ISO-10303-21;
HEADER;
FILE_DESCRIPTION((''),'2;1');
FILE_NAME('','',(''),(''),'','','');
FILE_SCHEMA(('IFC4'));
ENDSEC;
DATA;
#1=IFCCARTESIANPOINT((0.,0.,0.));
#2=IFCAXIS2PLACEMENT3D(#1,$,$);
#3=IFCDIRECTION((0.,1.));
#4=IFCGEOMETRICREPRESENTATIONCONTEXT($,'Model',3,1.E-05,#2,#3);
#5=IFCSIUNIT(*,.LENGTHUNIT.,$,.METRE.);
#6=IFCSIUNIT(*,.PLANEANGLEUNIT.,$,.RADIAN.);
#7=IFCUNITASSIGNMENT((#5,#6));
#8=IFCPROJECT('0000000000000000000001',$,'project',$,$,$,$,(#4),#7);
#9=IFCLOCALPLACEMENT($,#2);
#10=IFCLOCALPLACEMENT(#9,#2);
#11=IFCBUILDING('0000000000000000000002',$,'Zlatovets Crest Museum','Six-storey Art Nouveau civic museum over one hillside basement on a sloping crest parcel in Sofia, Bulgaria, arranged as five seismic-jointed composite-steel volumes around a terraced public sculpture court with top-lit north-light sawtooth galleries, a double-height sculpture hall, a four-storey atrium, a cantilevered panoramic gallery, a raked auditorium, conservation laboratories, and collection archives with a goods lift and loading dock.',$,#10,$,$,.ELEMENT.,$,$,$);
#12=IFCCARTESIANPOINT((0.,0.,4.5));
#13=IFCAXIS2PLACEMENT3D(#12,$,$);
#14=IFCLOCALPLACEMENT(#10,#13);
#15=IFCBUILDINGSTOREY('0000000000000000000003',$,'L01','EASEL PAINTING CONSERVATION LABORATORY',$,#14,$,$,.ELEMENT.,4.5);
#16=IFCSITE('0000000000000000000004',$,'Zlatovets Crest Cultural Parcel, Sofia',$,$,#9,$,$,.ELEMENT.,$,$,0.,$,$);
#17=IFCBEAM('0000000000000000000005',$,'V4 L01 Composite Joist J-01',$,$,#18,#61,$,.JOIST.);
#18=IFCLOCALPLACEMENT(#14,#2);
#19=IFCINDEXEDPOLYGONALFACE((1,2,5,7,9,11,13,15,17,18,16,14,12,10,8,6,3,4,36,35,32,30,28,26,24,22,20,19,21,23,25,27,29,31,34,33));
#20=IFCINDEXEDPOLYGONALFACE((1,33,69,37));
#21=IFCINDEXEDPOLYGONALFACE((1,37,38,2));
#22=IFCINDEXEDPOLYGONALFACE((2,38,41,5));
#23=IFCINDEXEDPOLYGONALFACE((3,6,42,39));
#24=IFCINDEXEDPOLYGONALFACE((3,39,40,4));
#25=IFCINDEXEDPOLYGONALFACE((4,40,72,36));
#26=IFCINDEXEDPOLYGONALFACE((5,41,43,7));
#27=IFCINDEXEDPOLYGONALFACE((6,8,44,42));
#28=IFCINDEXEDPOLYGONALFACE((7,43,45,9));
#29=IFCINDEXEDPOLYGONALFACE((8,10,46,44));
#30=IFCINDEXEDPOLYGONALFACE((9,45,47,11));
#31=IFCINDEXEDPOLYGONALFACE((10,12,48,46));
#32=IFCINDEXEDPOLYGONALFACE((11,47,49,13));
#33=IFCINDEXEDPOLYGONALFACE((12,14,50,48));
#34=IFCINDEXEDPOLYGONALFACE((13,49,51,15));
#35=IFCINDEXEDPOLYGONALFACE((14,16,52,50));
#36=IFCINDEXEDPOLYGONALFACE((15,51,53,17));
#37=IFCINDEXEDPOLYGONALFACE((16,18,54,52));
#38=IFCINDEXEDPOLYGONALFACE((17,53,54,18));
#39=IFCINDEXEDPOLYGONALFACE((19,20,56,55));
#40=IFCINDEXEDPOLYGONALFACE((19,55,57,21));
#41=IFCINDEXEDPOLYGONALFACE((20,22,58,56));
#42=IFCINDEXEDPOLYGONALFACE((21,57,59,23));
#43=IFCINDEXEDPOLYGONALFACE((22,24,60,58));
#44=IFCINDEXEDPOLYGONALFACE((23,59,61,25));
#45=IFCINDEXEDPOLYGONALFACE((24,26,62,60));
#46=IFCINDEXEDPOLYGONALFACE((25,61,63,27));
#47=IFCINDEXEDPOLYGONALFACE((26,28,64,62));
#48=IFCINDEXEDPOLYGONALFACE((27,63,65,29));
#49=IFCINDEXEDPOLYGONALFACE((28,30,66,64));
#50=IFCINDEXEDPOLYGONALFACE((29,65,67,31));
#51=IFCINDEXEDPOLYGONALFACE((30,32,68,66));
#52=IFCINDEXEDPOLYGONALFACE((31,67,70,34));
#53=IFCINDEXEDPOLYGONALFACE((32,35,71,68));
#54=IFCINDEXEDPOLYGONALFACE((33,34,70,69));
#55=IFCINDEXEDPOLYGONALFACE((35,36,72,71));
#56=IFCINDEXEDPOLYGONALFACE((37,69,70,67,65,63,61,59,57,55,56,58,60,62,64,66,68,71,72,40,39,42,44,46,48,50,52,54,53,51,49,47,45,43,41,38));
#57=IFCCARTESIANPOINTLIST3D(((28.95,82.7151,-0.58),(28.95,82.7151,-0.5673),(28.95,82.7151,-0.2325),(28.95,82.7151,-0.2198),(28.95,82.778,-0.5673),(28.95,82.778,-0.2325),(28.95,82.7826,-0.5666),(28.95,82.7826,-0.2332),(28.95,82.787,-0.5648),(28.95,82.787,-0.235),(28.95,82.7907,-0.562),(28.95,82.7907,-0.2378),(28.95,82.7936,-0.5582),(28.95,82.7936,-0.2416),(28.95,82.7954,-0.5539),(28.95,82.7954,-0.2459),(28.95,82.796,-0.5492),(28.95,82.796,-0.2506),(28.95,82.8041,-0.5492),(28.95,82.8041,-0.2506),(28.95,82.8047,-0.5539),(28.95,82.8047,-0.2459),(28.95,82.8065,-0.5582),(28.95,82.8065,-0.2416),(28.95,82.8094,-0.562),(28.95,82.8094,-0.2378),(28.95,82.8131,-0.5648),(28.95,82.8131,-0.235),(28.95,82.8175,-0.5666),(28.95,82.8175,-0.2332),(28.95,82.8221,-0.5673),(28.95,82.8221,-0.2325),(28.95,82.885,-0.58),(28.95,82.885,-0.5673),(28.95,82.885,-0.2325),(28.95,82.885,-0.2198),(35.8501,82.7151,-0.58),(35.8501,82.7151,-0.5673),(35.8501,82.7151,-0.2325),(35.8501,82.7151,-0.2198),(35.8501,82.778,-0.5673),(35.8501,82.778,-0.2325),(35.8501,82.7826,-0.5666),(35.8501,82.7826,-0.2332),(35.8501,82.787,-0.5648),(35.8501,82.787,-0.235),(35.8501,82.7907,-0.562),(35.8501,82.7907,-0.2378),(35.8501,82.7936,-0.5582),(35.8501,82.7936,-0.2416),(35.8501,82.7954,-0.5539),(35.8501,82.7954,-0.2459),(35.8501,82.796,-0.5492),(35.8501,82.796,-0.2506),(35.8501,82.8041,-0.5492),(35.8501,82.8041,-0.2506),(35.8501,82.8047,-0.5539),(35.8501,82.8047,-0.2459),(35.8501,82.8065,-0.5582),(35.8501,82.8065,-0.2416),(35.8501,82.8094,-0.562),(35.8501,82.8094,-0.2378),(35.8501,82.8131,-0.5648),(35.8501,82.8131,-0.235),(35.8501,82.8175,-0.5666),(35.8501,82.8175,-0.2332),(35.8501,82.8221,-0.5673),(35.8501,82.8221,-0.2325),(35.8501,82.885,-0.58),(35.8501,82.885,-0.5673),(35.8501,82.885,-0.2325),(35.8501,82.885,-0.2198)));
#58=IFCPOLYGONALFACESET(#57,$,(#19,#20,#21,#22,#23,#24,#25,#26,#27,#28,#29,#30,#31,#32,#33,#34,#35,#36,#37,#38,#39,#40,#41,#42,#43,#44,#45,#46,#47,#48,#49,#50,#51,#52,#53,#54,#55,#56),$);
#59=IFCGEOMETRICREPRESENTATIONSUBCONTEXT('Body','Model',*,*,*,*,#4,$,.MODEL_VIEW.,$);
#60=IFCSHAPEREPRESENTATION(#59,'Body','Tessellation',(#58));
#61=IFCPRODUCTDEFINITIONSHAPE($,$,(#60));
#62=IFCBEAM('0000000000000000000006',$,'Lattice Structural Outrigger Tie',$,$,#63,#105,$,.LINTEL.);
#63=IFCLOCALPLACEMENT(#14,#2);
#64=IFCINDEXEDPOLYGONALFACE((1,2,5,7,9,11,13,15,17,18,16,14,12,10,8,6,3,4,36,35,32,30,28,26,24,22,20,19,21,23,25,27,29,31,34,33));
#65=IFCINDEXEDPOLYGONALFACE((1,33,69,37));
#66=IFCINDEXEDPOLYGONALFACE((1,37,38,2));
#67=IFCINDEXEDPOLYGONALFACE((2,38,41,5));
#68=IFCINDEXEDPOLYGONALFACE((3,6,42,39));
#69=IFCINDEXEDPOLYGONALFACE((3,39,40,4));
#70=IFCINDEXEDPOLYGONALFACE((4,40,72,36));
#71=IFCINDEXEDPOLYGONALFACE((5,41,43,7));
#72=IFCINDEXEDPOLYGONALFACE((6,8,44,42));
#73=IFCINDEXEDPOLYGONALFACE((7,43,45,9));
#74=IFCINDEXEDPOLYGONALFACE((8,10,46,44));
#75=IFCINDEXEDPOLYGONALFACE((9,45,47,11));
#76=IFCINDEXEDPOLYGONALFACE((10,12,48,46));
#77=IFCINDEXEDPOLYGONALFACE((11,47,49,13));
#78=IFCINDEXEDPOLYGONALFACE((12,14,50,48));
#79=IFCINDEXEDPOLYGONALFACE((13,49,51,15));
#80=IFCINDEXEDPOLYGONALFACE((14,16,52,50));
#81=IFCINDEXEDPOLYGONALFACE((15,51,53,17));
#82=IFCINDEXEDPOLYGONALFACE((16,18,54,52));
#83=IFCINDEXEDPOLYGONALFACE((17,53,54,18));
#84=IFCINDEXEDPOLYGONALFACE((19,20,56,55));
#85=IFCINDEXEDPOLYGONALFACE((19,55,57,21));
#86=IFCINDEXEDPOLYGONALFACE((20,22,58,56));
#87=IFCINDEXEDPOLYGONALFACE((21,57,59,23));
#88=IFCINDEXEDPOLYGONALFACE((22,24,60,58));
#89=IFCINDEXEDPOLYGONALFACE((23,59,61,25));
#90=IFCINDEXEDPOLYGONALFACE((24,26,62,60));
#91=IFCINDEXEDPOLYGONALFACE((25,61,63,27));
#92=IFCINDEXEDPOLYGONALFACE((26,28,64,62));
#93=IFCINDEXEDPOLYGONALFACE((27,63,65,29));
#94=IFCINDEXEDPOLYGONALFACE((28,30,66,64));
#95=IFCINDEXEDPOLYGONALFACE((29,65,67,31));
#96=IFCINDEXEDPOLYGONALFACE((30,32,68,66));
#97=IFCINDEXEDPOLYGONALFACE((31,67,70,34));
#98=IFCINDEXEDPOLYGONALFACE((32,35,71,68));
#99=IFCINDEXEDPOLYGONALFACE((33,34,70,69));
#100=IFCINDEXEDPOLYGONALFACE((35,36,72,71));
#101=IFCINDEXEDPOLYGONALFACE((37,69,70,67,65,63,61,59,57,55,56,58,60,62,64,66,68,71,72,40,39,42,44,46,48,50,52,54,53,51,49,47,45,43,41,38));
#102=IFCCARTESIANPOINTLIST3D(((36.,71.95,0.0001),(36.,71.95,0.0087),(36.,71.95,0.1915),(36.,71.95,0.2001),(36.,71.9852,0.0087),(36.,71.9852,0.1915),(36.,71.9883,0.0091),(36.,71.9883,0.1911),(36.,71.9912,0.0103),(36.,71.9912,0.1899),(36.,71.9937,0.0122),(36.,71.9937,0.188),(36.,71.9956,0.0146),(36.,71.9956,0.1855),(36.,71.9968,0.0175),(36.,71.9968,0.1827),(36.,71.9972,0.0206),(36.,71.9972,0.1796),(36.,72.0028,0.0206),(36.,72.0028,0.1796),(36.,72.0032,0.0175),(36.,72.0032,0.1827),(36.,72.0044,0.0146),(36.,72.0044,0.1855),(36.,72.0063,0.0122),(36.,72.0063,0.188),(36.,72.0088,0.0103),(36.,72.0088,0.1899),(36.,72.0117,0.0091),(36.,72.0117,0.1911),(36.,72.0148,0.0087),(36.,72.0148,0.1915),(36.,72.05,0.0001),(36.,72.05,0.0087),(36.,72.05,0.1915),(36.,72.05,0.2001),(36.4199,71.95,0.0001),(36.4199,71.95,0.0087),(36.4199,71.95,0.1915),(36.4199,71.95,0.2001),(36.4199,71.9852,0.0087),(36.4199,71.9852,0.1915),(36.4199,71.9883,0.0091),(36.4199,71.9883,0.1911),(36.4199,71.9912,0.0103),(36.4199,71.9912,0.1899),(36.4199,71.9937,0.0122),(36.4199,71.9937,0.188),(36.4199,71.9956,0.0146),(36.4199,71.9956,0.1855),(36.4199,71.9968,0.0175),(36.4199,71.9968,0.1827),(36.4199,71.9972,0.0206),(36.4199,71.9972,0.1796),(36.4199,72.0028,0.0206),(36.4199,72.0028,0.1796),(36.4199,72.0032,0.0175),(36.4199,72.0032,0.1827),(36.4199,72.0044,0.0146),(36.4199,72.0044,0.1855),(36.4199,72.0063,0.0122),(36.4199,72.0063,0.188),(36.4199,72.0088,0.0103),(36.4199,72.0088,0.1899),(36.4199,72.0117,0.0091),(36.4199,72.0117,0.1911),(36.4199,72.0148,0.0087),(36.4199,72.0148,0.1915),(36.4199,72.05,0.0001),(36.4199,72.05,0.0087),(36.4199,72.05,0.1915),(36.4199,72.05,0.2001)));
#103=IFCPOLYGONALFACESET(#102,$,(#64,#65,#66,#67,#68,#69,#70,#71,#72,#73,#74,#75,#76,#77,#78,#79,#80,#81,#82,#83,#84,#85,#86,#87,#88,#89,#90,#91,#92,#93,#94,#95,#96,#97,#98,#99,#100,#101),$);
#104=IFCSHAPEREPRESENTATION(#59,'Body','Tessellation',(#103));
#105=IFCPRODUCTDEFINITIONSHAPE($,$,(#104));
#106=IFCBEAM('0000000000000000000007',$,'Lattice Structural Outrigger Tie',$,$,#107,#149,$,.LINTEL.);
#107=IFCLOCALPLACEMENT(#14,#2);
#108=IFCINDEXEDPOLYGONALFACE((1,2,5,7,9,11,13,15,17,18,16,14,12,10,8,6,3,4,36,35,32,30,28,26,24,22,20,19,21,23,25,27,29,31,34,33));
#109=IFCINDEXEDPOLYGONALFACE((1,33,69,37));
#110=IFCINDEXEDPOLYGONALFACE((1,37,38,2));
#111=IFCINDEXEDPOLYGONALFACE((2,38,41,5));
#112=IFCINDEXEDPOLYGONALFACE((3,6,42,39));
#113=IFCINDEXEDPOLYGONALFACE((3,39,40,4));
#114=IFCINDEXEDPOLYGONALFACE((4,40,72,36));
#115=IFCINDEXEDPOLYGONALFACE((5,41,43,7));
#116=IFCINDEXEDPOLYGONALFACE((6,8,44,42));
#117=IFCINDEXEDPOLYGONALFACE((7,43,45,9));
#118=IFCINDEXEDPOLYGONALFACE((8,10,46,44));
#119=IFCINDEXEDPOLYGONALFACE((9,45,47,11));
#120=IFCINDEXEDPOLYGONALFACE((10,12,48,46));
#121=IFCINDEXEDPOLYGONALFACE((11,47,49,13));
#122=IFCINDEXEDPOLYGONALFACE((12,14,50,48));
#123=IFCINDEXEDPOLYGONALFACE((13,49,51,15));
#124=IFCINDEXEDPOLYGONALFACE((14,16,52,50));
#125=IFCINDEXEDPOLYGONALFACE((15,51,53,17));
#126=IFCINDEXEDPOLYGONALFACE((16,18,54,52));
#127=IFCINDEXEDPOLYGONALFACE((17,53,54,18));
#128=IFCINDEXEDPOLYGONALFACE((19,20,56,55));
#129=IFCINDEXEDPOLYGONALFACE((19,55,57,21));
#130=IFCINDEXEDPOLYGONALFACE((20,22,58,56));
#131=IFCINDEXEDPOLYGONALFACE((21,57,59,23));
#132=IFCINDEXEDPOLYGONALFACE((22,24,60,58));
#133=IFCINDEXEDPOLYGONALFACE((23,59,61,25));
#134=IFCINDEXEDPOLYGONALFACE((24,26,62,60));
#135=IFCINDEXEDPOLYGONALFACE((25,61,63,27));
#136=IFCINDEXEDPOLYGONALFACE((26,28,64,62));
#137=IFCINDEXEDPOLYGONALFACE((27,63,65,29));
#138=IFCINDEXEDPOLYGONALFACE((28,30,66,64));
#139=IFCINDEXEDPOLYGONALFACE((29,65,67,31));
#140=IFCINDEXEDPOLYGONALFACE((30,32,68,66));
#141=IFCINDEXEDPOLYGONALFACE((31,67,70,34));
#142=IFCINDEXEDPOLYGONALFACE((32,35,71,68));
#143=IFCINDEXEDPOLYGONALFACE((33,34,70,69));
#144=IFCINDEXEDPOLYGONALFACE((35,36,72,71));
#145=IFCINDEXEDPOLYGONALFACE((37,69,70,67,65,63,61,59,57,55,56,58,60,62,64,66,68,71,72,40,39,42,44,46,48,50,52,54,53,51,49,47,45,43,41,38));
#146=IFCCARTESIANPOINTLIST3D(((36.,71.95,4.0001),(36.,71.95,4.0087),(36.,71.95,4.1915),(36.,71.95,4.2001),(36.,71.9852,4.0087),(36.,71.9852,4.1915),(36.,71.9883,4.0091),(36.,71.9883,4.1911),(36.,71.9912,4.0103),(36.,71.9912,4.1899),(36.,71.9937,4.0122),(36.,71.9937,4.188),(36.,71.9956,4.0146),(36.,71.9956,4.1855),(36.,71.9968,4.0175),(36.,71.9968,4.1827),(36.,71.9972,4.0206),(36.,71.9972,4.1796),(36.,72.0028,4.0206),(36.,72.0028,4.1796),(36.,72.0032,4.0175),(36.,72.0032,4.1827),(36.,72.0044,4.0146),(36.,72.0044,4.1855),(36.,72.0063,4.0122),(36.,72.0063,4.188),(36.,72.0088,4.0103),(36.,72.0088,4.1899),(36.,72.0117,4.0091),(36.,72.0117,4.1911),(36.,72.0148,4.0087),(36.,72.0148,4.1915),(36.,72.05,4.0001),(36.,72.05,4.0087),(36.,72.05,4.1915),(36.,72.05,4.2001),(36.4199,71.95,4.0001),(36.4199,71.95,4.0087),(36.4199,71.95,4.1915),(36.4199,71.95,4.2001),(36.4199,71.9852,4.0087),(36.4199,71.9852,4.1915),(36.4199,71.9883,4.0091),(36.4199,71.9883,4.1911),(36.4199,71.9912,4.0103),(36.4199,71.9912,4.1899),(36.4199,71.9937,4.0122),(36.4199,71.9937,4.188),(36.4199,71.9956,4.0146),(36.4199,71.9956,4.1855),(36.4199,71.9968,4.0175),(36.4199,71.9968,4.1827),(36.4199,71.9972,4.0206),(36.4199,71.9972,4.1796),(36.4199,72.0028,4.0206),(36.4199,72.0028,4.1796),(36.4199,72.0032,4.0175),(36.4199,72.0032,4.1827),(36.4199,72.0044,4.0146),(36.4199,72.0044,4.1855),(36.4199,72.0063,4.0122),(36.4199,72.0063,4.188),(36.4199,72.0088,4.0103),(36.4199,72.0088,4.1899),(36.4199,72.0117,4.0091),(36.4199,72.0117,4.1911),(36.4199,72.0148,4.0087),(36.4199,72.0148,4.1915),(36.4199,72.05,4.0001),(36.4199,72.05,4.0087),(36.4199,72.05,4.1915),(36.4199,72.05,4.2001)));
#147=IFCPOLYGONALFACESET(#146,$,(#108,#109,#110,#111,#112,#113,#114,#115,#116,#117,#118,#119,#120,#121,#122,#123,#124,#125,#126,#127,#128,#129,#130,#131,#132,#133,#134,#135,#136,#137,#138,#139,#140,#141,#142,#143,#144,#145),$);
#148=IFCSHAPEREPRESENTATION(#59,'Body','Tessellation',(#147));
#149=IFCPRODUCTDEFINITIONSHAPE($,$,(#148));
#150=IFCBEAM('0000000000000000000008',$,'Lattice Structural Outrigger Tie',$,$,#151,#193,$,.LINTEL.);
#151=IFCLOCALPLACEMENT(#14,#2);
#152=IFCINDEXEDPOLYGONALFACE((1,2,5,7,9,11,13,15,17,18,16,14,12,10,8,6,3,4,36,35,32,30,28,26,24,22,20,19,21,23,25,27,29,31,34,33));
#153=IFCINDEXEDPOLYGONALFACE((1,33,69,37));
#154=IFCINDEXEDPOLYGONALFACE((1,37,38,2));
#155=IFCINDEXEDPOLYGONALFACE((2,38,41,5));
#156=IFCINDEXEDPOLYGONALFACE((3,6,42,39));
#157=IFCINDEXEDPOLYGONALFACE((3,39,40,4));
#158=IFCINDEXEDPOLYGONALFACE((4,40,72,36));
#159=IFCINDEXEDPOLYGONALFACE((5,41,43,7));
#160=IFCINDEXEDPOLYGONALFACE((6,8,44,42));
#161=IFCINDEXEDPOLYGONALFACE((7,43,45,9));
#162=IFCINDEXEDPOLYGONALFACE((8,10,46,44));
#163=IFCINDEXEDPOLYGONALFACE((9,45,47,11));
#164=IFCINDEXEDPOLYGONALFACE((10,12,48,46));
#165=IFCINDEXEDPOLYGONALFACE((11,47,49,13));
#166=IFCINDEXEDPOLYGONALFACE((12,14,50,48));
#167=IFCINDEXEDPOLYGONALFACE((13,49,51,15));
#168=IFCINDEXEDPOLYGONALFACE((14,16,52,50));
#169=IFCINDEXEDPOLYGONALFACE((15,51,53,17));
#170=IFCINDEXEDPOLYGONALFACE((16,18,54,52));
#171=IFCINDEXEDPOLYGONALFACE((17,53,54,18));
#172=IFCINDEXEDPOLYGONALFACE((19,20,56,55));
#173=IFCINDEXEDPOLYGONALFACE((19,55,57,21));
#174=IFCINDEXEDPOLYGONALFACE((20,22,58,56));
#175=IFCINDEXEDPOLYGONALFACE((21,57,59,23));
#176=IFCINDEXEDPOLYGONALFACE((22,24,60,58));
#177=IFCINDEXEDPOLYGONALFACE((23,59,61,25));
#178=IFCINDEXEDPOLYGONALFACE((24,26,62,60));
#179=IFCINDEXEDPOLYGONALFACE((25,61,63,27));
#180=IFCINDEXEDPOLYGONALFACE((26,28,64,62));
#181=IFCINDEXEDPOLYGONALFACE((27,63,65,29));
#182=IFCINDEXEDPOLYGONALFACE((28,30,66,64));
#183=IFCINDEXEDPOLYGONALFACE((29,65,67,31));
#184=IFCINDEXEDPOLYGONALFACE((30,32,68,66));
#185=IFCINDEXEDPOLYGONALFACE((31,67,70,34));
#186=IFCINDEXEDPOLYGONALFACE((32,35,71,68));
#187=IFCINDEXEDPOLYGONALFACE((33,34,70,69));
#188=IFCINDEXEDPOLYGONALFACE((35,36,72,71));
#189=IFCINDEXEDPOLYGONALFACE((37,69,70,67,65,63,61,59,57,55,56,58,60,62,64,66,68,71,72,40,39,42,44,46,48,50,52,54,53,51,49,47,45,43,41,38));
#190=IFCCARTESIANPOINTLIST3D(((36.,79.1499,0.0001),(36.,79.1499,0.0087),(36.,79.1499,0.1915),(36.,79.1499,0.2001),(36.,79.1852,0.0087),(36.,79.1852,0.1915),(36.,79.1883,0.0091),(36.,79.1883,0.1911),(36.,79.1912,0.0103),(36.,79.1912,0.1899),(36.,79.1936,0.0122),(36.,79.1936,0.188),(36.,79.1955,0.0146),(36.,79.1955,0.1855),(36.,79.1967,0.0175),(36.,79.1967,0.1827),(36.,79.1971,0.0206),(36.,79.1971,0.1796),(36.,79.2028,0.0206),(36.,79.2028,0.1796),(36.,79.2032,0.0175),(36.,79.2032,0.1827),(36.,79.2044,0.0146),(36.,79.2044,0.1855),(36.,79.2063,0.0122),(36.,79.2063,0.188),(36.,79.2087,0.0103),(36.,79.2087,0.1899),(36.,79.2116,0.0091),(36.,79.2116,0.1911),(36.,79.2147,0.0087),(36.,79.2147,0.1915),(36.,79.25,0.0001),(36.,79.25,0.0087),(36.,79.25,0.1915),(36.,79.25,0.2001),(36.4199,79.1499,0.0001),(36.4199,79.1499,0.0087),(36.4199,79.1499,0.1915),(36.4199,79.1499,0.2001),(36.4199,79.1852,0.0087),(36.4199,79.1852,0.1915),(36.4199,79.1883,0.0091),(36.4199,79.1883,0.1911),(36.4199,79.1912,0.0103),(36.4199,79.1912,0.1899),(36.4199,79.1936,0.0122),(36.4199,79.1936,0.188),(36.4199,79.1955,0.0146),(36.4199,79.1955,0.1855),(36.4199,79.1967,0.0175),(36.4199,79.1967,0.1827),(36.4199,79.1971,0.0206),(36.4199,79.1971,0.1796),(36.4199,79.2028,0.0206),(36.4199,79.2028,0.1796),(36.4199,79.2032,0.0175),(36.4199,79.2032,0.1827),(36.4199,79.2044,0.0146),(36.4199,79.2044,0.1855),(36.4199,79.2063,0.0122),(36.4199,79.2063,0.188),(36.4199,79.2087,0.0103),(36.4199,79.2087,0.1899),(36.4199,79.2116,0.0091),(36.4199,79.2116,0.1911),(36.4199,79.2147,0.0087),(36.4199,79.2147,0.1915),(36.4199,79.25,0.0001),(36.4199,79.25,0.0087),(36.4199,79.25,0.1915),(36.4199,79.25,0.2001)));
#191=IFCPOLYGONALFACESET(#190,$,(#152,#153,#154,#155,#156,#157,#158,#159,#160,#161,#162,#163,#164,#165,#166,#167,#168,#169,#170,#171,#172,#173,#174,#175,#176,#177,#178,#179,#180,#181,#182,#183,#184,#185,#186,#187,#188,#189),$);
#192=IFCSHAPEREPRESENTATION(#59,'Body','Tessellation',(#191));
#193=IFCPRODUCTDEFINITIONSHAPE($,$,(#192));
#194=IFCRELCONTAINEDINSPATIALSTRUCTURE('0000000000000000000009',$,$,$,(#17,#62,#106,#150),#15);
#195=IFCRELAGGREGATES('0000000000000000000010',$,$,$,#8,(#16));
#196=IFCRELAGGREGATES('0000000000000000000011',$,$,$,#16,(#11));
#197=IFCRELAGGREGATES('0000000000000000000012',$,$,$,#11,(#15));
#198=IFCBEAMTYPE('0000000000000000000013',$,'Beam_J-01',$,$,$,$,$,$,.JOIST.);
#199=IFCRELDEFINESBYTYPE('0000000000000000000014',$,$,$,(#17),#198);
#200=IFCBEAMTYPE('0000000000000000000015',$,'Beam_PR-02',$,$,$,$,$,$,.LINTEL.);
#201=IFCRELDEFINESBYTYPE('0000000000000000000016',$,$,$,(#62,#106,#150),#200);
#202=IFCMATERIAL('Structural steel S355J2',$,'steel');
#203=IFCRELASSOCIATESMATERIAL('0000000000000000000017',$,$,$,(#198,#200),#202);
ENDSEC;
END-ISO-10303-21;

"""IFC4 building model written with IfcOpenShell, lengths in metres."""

from ifc_helpers import new_model, si_unit, direction, frame, origin, origin_2d, place, context, subcontext, project, spatial, i_section, extrude, material, material_profile, profile_set, type_object, element, save


model = new_model("IFC4")

# Units and contexts
model_context = context("Model", 3, precision=1e-05, world=origin(), true_north=direction((0.0, 1.0)))
body_context = subcontext(model_context, "Body", "Model", "MODEL_VIEW")
ifc_project = project(units=[si_unit("LENGTHUNIT", "METRE"), si_unit("PLANEANGLEUNIT", "RADIAN")], contexts=[model_context])

# Site, building, storey
site_placement = place(None, origin())
site = spatial("IfcSite", under=ifc_project, at=site_placement, Name="Zlatovets Crest Cultural Parcel, Sofia", CompositionType="ELEMENT", RefElevation=0.0)
building_placement = place(site_placement, origin())
building = spatial("IfcBuilding", under=site, at=building_placement, Name="Zlatovets Crest Museum", Description="Six-storey Art Nouveau civic museum over one hillside basement on a sloping crest parcel in Sofia, Bulgaria, arranged as five seismic-jointed composite-steel volumes around a terraced public sculpture court with top-lit north-light sawtooth galleries, a double-height sculpture hall, a four-storey atrium, a cantilevered panoramic gallery, a raked auditorium, conservation laboratories, and collection archives with a goods lift and loading dock.", CompositionType="ELEMENT")
storey_placement = place(building_placement, frame((0.0, 0.0, 4.5)))
storey = spatial("IfcBuildingStorey", under=building, at=storey_placement, Name="L01", Description="EASEL PAINTING CONSERVATION LABORATORY", CompositionType="ELEMENT", Elevation=4.5)

# Shared definitions
ifc_material_1 = material(Name="Structural steel S355J2", Category="steel")

# Beams
ifc_material_profile_1 = material_profile(ifc_material_1, i_section(OverallWidth=0.1699, OverallDepth=0.3601, WebThickness=0.0081, FlangeThickness=0.0127, FilletRadius=0.0181, at=origin_2d()), Name="IPE 360")
ifc_profile_set_1 = profile_set([ifc_material_profile_1], Name="Structural steel S355J2")
beam_type_1 = type_object("IfcBeamType", Name="Beam_J-01", PredefinedType="JOIST", material=ifc_profile_set_1)
for number, where, z_axis, x_axis, name in (
    (1, (28.95, 82.8, -0.3999), (1.0, 0.0, 0.0), (0.0, 1.0, 0.0), "V4 L01 Composite Joist J-01"),
):
    element("IfcBeam", number, at=place(storey_placement, frame(where, z_axis=z_axis, x_axis=x_axis)), inside=storey, type_object=beam_type_1, Name=name, PredefinedType="JOIST", context=body_context, shape_type="SweptSolid", body=[
        extrude(i_section(OverallWidth=0.1699, OverallDepth=0.3601, WebThickness=0.0081, FlangeThickness=0.0127, FilletRadius=0.0181, at=origin_2d()), origin(), (0.0, 0.0, 1.0), 6.9001),
    ])
ifc_material_profile_2 = material_profile(ifc_material_1, i_section(OverallWidth=0.1001, OverallDepth=0.2, WebThickness=0.0056, FlangeThickness=0.0085, FilletRadius=0.012, at=origin_2d()), Name="IPE 200")
ifc_profile_set_2 = profile_set([ifc_material_profile_2], Name="Structural steel S355J2")
beam_type_2 = type_object("IfcBeamType", Name="Beam_PR-02", PredefinedType="LINTEL", material=ifc_profile_set_2)
for number, where, z_axis, x_axis, name in (
    (2, (36.0, 72.0, 0.1001), (1.0, 0.0, 0.0), (0.0, 1.0, 0.0), "Lattice Structural Outrigger Tie"),
    (3, (36.0, 72.0, 4.1001), (1.0, 0.0, 0.0), (0.0, 1.0, 0.0), "Lattice Structural Outrigger Tie"),
    (4, (36.0, 79.2, 0.1001), (1.0, 0.0, 0.0), (0.0, 1.0, 0.0), "Lattice Structural Outrigger Tie"),
):
    element("IfcBeam", number, at=place(storey_placement, frame(where, z_axis=z_axis, x_axis=x_axis)), inside=storey, type_object=beam_type_2, Name=name, PredefinedType="LINTEL", context=body_context, shape_type="SweptSolid", body=[
        extrude(i_section(OverallWidth=0.1001, OverallDepth=0.2, WebThickness=0.0056, FlangeThickness=0.0085, FilletRadius=0.012, at=origin_2d()), origin(), (0.0, 0.0, 1.0), 0.4199),
    ])

save(model, "model.ifc")
